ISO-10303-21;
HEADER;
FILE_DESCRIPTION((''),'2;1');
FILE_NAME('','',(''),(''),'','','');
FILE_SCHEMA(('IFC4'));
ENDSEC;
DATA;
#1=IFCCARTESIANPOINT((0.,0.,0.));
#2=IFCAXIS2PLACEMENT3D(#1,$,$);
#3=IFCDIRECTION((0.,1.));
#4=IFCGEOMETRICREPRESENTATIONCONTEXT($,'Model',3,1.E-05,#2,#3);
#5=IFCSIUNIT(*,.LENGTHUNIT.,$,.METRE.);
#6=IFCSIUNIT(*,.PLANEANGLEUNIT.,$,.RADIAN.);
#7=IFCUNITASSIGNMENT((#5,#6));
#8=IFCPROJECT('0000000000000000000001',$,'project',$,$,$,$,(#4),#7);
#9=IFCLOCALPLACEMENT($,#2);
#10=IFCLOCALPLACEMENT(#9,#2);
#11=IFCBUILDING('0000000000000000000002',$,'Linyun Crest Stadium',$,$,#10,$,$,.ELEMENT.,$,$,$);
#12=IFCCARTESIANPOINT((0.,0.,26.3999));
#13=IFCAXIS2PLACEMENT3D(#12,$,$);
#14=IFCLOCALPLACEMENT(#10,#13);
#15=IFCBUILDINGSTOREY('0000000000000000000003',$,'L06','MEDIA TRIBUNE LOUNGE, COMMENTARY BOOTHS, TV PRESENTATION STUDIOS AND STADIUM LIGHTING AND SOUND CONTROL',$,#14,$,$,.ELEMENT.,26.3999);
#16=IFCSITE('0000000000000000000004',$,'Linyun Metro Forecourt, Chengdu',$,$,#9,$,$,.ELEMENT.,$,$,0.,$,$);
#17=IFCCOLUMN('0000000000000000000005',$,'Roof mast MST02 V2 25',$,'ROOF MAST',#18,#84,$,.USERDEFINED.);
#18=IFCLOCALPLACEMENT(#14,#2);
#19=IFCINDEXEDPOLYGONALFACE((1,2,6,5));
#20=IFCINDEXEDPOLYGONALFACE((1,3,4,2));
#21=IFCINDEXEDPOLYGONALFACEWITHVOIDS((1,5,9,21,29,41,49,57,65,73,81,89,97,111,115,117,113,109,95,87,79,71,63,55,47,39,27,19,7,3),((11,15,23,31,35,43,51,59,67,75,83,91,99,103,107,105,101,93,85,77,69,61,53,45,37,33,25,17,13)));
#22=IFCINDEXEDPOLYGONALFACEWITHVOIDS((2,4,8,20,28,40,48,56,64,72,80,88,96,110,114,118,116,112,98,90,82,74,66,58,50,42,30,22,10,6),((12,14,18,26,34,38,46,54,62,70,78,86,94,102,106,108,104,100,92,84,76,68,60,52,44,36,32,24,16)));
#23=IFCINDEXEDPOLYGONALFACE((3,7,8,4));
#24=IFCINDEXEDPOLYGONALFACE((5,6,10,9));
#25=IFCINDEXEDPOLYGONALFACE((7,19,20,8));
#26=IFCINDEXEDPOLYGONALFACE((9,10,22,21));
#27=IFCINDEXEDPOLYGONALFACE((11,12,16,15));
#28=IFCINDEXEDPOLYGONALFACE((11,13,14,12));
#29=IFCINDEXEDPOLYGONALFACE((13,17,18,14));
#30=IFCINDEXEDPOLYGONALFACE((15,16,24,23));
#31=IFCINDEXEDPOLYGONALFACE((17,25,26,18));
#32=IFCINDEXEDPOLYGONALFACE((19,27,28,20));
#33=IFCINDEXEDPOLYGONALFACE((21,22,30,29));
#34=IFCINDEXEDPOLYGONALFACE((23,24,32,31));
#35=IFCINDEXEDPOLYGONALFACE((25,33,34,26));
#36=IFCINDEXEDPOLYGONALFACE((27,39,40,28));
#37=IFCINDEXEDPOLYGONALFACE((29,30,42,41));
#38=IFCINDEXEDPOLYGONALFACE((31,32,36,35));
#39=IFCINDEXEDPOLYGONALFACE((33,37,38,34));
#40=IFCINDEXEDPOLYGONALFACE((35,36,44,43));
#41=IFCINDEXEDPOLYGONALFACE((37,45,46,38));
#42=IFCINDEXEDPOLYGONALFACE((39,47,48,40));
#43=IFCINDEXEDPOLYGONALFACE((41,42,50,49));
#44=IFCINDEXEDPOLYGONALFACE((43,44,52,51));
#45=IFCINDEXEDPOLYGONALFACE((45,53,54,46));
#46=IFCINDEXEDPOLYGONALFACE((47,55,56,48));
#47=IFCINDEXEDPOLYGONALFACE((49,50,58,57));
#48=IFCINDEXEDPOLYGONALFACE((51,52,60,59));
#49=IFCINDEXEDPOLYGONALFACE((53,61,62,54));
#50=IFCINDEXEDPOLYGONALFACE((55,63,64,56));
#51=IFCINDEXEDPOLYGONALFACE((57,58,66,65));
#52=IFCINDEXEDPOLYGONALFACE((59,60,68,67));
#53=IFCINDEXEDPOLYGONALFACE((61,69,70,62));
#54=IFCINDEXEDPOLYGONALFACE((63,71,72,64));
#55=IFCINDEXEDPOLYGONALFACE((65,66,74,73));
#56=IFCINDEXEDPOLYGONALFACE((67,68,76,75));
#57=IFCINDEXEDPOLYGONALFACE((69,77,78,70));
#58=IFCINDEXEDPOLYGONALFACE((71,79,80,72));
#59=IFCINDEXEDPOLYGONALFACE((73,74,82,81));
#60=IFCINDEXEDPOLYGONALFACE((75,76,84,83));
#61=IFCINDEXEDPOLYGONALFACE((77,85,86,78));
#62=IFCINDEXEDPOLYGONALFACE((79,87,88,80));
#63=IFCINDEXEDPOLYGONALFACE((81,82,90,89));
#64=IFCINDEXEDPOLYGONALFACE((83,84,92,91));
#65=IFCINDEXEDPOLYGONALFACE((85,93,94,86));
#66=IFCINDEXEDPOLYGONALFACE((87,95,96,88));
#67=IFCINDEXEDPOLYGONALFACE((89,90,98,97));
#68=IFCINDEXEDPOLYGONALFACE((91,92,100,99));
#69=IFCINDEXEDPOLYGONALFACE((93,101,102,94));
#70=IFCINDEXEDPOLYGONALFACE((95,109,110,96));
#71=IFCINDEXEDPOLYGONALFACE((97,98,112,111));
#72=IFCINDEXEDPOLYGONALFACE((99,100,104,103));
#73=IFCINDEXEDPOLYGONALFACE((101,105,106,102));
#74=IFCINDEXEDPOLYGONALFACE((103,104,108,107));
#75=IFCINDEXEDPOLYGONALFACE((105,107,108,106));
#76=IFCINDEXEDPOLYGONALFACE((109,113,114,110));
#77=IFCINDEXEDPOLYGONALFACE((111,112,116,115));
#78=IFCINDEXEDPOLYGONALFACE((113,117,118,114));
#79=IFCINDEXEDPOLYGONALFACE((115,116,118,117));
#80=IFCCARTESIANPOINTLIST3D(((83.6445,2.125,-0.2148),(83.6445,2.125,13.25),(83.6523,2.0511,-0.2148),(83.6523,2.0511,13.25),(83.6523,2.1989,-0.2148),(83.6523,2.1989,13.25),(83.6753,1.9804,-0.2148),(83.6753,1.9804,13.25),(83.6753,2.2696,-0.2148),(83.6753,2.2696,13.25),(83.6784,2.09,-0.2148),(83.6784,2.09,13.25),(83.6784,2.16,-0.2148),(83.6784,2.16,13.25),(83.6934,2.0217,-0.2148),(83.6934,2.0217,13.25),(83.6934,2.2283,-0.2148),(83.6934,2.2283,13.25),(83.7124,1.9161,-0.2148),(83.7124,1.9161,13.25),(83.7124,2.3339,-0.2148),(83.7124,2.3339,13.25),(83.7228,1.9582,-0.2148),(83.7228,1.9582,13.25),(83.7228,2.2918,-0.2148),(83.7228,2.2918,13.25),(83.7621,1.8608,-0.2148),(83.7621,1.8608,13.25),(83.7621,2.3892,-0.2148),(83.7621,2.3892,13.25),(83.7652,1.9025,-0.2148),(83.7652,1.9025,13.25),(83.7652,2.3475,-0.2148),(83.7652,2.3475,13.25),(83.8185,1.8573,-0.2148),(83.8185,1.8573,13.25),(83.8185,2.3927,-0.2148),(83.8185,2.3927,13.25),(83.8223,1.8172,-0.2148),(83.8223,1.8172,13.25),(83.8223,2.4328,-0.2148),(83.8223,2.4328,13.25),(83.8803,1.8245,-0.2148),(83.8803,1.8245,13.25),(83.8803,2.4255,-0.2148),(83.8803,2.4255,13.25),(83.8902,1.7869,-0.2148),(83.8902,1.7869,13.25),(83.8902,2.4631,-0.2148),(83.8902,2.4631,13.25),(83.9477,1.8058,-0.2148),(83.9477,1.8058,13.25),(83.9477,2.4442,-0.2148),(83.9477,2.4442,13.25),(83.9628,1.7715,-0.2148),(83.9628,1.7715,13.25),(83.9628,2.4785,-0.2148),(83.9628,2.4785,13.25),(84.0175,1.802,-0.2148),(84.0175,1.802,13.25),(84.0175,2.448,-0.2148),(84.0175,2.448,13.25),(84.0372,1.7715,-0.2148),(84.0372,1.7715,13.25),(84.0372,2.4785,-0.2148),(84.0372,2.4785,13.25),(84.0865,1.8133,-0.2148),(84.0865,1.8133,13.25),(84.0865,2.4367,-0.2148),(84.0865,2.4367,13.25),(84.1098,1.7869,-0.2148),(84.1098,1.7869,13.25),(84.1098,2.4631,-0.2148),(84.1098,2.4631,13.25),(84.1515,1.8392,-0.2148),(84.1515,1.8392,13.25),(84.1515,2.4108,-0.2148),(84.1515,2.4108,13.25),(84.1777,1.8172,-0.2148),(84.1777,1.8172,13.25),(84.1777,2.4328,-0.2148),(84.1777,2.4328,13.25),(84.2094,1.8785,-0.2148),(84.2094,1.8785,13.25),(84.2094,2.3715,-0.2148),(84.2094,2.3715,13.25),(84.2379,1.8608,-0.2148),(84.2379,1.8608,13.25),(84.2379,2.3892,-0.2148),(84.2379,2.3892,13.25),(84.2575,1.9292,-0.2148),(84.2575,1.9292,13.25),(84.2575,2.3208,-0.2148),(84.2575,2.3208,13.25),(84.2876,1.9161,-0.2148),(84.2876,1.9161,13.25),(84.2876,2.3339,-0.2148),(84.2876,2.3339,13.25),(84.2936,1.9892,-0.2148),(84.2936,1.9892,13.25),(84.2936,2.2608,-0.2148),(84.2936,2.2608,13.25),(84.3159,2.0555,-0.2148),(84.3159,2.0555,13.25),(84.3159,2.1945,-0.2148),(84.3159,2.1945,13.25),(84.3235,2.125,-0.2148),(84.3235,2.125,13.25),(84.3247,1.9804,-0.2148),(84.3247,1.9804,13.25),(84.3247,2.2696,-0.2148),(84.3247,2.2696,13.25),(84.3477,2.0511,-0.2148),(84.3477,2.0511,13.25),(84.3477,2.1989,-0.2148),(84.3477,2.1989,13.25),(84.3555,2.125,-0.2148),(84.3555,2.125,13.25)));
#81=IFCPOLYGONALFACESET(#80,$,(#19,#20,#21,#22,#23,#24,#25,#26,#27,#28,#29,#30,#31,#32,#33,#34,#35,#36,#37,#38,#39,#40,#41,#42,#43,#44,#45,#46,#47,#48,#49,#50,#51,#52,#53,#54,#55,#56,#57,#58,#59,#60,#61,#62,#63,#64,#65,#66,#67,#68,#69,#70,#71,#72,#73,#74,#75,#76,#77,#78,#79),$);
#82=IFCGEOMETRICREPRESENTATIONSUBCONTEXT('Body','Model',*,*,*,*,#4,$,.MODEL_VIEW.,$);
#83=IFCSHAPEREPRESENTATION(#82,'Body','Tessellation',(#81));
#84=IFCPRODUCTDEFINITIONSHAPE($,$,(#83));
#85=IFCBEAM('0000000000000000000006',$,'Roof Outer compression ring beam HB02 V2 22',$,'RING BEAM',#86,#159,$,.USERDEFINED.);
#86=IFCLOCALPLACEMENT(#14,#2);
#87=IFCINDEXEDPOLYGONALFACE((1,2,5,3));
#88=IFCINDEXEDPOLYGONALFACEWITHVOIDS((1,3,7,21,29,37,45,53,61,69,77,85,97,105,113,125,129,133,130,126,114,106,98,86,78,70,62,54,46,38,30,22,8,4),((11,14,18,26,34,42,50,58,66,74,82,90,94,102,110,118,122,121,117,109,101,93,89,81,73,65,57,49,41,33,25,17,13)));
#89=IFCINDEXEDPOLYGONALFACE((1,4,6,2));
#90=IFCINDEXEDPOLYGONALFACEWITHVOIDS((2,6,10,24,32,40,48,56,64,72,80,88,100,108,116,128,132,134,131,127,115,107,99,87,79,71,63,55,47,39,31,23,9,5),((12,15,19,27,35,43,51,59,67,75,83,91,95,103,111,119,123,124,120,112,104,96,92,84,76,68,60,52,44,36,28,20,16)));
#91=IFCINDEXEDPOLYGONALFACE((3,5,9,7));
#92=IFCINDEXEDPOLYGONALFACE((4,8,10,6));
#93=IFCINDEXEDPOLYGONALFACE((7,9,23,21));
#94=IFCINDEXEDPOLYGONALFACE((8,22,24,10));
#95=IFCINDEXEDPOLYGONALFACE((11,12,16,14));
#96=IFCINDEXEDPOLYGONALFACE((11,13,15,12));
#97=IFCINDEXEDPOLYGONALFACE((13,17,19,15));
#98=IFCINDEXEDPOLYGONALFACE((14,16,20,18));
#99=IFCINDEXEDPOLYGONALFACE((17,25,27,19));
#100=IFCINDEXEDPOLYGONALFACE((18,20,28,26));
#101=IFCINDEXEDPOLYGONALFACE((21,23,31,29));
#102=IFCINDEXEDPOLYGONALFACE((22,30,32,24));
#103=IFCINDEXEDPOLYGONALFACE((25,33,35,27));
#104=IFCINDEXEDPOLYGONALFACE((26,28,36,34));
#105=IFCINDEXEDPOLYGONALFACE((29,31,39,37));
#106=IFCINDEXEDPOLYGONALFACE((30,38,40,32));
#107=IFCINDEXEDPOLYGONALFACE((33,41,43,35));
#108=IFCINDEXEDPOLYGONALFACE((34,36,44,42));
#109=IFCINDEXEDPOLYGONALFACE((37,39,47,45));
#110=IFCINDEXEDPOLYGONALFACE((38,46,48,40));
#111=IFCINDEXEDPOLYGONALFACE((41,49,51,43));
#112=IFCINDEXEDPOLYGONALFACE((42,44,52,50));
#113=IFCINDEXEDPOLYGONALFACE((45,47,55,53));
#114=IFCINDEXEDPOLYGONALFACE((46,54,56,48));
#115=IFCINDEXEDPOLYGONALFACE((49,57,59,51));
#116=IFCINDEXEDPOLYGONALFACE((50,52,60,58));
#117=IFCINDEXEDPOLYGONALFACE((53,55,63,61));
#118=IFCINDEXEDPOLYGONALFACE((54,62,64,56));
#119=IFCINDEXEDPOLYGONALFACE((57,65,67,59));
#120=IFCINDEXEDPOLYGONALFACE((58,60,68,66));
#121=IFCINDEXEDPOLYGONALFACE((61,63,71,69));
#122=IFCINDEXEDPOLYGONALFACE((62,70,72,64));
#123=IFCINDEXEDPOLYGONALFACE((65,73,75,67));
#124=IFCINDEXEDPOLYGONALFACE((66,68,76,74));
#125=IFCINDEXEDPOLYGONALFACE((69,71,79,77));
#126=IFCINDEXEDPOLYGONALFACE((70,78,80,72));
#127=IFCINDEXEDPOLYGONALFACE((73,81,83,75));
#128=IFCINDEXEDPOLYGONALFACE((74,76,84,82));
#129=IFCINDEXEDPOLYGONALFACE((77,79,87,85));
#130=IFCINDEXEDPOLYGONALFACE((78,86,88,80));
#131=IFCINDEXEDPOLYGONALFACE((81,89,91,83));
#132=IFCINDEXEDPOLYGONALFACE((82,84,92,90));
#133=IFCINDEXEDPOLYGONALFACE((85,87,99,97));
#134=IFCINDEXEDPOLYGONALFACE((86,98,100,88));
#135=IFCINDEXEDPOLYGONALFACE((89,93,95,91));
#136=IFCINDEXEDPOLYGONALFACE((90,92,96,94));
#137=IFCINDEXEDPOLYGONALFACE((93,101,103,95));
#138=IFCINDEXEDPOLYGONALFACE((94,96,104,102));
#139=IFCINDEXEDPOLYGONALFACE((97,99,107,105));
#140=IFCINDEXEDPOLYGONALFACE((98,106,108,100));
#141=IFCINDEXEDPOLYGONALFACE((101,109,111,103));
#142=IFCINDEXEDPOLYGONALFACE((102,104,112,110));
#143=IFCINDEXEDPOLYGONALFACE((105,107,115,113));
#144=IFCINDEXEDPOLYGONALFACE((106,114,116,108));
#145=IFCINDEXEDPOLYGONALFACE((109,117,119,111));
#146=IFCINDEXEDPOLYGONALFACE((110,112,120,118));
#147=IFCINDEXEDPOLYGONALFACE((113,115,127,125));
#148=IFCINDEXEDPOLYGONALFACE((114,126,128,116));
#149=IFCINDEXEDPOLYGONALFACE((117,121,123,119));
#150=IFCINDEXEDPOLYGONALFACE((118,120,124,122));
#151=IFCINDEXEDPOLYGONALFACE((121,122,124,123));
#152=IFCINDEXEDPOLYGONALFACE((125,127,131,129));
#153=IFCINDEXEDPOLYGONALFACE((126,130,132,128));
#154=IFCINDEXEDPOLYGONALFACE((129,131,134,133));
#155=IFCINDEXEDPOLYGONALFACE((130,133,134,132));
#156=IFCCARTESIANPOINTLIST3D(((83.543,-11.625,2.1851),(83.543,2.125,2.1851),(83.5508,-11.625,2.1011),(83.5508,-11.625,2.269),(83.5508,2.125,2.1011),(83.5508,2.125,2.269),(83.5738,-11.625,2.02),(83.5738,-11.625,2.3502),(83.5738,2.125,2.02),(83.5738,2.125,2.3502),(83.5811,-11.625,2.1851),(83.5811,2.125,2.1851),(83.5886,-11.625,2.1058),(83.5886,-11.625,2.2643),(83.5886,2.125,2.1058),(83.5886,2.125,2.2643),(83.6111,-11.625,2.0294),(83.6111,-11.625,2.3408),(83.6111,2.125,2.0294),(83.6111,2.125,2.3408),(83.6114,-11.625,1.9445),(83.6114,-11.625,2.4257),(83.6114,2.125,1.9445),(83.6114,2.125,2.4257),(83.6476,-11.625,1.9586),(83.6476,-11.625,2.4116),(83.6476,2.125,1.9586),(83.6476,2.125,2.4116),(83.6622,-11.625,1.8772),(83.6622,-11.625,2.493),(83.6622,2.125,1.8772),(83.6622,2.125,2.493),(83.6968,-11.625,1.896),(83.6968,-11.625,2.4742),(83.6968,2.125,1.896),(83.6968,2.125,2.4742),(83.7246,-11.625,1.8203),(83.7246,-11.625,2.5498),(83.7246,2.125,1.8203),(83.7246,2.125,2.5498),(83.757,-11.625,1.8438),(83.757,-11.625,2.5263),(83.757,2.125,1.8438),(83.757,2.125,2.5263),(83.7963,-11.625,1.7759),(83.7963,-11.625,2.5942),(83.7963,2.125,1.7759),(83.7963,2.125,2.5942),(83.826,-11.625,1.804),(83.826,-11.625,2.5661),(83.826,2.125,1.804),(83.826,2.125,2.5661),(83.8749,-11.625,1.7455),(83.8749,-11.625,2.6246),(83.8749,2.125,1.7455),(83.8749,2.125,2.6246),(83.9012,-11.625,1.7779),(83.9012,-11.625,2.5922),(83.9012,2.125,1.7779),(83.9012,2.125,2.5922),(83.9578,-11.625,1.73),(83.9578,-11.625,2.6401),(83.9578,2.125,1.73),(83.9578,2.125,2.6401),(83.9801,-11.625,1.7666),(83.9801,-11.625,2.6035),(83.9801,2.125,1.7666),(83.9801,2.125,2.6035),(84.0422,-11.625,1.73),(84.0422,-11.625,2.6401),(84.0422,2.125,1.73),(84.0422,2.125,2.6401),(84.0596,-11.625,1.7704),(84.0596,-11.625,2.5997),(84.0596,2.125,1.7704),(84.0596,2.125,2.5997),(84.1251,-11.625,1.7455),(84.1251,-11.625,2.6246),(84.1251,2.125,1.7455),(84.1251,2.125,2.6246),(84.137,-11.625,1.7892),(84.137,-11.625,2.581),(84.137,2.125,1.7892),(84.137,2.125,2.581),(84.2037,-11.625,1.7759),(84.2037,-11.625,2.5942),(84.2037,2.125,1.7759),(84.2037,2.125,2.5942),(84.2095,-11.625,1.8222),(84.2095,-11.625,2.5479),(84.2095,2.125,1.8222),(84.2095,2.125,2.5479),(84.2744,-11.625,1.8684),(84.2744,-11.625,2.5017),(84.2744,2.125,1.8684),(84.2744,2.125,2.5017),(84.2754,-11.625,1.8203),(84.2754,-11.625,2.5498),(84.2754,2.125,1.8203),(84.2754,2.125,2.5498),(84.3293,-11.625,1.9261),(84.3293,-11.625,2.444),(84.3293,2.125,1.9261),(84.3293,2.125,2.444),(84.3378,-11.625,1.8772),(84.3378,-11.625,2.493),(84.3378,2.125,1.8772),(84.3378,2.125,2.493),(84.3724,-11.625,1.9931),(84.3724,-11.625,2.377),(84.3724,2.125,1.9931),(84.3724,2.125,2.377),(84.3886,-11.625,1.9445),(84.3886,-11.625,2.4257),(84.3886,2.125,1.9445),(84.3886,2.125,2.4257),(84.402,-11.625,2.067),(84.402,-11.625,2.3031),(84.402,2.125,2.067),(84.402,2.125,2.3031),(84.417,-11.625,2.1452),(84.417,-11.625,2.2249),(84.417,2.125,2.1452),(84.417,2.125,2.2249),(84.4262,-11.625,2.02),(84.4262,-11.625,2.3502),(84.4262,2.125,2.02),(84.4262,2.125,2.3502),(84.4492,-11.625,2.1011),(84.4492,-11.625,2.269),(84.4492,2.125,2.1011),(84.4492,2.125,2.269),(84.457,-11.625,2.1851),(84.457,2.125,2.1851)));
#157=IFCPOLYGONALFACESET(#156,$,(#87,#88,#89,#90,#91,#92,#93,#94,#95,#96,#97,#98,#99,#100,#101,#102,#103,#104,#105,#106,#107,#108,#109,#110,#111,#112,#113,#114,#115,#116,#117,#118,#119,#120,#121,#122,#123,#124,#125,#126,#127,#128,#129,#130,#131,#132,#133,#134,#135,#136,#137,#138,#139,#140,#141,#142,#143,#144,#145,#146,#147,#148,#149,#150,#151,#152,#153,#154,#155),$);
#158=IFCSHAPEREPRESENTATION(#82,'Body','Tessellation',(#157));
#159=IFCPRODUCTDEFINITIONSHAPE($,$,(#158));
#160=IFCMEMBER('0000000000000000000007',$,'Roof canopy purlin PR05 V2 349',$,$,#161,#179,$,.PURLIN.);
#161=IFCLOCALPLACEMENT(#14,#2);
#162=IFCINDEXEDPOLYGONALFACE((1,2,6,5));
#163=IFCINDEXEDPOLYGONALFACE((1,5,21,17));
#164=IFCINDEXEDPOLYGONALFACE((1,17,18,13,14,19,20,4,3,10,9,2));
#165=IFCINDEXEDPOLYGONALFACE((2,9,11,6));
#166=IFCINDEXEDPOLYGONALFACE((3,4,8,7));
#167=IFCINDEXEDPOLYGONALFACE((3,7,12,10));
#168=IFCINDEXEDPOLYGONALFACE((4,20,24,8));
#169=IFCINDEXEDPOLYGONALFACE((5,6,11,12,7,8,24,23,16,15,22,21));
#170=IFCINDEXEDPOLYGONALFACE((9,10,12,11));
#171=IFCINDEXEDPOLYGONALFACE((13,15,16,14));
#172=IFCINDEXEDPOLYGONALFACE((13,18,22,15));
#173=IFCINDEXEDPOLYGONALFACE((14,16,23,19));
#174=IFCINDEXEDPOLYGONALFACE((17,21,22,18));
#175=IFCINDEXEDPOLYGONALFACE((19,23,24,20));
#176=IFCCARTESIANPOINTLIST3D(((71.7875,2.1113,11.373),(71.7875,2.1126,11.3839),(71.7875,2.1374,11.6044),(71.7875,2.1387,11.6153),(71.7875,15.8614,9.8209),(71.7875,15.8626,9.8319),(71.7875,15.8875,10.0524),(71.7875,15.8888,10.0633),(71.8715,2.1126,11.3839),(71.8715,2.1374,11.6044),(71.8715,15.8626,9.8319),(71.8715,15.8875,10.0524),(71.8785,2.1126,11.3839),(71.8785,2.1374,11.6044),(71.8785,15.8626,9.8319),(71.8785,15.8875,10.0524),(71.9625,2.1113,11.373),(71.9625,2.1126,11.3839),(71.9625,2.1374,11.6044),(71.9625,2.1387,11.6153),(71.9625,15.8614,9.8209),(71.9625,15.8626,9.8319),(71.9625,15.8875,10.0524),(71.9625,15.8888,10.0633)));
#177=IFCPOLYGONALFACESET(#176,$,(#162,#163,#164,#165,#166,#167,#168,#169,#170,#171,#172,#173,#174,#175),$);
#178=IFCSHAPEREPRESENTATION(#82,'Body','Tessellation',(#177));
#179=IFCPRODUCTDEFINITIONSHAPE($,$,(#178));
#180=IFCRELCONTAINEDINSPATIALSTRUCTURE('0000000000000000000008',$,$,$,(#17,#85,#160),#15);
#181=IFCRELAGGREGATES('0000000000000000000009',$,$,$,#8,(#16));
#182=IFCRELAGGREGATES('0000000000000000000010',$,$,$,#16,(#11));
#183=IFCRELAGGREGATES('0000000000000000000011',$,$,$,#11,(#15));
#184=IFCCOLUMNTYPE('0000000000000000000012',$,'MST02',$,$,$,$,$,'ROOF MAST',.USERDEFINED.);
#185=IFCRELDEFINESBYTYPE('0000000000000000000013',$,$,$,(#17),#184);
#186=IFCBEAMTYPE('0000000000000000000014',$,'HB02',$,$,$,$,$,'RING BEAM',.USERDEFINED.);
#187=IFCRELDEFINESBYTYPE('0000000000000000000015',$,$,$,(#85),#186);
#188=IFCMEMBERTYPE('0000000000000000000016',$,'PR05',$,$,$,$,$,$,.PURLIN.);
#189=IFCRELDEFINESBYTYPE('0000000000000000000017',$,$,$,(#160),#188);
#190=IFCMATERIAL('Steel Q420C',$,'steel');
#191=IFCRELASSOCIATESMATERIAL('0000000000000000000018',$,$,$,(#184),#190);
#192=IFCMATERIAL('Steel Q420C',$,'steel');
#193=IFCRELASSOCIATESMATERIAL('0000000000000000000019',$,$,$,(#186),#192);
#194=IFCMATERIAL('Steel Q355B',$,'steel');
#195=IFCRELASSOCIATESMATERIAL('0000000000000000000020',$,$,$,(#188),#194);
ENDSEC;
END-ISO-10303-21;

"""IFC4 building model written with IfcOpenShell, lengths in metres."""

from ifc_helpers import new_model, si_unit, direction, frame, origin, origin_2d, place, context, subcontext, project, spatial, hollow_circle, i_section, extrude, material, material_profile, profile_set, type_object, element, save


model = new_model("IFC4")

# Units and contexts
model_context = context("Model", 3, precision=1e-05, world=origin(), true_north=direction((0.0, 1.0)))
body_context = subcontext(model_context, "Body", "Model", "MODEL_VIEW")
ifc_project = project(units=[si_unit("LENGTHUNIT", "METRE"), si_unit("PLANEANGLEUNIT", "RADIAN")], contexts=[model_context])

# Site, building, storey
site_placement = place(None, origin())
site = spatial("IfcSite", under=ifc_project, at=site_placement, Name="Linyun Metro Forecourt, Chengdu", CompositionType="ELEMENT", RefElevation=0.0)
building_placement = place(site_placement, origin())
building = spatial("IfcBuilding", under=site, at=building_placement, Name="Linyun Crest Stadium", CompositionType="ELEMENT")
storey_placement = place(building_placement, frame((0.0, 0.0, 26.3999)))
storey = spatial("IfcBuildingStorey", under=building, at=storey_placement, Name="L06", Description="MEDIA TRIBUNE LOUNGE, COMMENTARY BOOTHS, TV PRESENTATION STUDIOS AND STADIUM LIGHTING AND SOUND CONTROL", CompositionType="ELEMENT", Elevation=26.3999)

# Column
ifc_material_1 = material(Name="Steel Q420C", Category="steel")
ifc_material_profile_1 = material_profile(ifc_material_1, hollow_circle(Radius=0.3555, WallThickness=0.032, at=origin_2d()), Name="CHS 711x32")
ifc_profile_set_1 = profile_set([ifc_material_profile_1], Name="Steel Q420C")
column_type = type_object("IfcColumnType", Name="MST02", ElementType="ROOF MAST", PredefinedType="USERDEFINED", material=ifc_profile_set_1)
column_placement = place(storey_placement, frame((84.0, 2.125, -0.2148), z_axis=(0.0, 0.0, 1.0), x_axis=(1.0, 0.0, 0.0)))
element("IfcColumn", 1, at=column_placement, inside=storey, type_object=column_type, Name="Roof mast MST02 V2 25", ObjectType="ROOF MAST", PredefinedType="USERDEFINED", context=body_context, shape_type="SweptSolid", body=[
    extrude(hollow_circle(Radius=0.3555, WallThickness=0.032, at=origin_2d()), origin(), (0.0, 0.0, 1.0), 13.4648),
])

# Beam
ifc_material_2 = material(Name="Steel Q420C", Category="steel")
ifc_material_profile_2 = material_profile(ifc_material_2, hollow_circle(Radius=0.457, WallThickness=0.0381, at=origin_2d()), Name="CHS 914x38")
ifc_profile_set_2 = profile_set([ifc_material_profile_2], Name="Steel Q420C")
beam_type = type_object("IfcBeamType", Name="HB02", ElementType="RING BEAM", PredefinedType="USERDEFINED", material=ifc_profile_set_2)
beam_placement = place(storey_placement, frame((84.0, -11.625, 2.1851), z_axis=(0.0, 1.0, 0.0), x_axis=(-1.0, 0.0, 0.0)))
element("IfcBeam", 2, at=beam_placement, inside=storey, type_object=beam_type, Name="Roof Outer compression ring beam HB02 V2 22", ObjectType="RING BEAM", PredefinedType="USERDEFINED", context=body_context, shape_type="SweptSolid", body=[
    extrude(hollow_circle(Radius=0.457, WallThickness=0.0381, at=origin_2d()), origin(), (0.0, 0.0, 1.0), 13.75),
])

# Member
ifc_material_3 = material(Name="Steel Q355B", Category="steel")
ifc_material_profile_3 = material_profile(ifc_material_3, i_section(OverallWidth=0.175, OverallDepth=0.2439, WebThickness=0.0071, FlangeThickness=0.011, at=origin_2d()), Name="HM 244x175")
ifc_profile_set_3 = profile_set([ifc_material_profile_3], Name="Steel Q355B")
member_type_1 = type_object("IfcMemberType", Name="PR05", PredefinedType="PURLIN", material=ifc_profile_set_3)
member_1_placement = place(storey_placement, frame((71.875, 2.125, 11.4941), z_axis=(0.0, 0.99369, -0.112161), x_axis=(-1.0, 0.0, 0.0)))
element("IfcMember", 3, at=member_1_placement, inside=storey, type_object=member_type_1, Name="Roof canopy purlin PR05 V2 349", PredefinedType="PURLIN", context=body_context, shape_type="SweptSolid", body=[
    extrude(i_section(OverallWidth=0.175, OverallDepth=0.2439, WebThickness=0.0071, FlangeThickness=0.011, at=origin_2d()), origin(), (0.0, 0.0, 1.0), 13.8374),
])

save(model, "model.ifc")
